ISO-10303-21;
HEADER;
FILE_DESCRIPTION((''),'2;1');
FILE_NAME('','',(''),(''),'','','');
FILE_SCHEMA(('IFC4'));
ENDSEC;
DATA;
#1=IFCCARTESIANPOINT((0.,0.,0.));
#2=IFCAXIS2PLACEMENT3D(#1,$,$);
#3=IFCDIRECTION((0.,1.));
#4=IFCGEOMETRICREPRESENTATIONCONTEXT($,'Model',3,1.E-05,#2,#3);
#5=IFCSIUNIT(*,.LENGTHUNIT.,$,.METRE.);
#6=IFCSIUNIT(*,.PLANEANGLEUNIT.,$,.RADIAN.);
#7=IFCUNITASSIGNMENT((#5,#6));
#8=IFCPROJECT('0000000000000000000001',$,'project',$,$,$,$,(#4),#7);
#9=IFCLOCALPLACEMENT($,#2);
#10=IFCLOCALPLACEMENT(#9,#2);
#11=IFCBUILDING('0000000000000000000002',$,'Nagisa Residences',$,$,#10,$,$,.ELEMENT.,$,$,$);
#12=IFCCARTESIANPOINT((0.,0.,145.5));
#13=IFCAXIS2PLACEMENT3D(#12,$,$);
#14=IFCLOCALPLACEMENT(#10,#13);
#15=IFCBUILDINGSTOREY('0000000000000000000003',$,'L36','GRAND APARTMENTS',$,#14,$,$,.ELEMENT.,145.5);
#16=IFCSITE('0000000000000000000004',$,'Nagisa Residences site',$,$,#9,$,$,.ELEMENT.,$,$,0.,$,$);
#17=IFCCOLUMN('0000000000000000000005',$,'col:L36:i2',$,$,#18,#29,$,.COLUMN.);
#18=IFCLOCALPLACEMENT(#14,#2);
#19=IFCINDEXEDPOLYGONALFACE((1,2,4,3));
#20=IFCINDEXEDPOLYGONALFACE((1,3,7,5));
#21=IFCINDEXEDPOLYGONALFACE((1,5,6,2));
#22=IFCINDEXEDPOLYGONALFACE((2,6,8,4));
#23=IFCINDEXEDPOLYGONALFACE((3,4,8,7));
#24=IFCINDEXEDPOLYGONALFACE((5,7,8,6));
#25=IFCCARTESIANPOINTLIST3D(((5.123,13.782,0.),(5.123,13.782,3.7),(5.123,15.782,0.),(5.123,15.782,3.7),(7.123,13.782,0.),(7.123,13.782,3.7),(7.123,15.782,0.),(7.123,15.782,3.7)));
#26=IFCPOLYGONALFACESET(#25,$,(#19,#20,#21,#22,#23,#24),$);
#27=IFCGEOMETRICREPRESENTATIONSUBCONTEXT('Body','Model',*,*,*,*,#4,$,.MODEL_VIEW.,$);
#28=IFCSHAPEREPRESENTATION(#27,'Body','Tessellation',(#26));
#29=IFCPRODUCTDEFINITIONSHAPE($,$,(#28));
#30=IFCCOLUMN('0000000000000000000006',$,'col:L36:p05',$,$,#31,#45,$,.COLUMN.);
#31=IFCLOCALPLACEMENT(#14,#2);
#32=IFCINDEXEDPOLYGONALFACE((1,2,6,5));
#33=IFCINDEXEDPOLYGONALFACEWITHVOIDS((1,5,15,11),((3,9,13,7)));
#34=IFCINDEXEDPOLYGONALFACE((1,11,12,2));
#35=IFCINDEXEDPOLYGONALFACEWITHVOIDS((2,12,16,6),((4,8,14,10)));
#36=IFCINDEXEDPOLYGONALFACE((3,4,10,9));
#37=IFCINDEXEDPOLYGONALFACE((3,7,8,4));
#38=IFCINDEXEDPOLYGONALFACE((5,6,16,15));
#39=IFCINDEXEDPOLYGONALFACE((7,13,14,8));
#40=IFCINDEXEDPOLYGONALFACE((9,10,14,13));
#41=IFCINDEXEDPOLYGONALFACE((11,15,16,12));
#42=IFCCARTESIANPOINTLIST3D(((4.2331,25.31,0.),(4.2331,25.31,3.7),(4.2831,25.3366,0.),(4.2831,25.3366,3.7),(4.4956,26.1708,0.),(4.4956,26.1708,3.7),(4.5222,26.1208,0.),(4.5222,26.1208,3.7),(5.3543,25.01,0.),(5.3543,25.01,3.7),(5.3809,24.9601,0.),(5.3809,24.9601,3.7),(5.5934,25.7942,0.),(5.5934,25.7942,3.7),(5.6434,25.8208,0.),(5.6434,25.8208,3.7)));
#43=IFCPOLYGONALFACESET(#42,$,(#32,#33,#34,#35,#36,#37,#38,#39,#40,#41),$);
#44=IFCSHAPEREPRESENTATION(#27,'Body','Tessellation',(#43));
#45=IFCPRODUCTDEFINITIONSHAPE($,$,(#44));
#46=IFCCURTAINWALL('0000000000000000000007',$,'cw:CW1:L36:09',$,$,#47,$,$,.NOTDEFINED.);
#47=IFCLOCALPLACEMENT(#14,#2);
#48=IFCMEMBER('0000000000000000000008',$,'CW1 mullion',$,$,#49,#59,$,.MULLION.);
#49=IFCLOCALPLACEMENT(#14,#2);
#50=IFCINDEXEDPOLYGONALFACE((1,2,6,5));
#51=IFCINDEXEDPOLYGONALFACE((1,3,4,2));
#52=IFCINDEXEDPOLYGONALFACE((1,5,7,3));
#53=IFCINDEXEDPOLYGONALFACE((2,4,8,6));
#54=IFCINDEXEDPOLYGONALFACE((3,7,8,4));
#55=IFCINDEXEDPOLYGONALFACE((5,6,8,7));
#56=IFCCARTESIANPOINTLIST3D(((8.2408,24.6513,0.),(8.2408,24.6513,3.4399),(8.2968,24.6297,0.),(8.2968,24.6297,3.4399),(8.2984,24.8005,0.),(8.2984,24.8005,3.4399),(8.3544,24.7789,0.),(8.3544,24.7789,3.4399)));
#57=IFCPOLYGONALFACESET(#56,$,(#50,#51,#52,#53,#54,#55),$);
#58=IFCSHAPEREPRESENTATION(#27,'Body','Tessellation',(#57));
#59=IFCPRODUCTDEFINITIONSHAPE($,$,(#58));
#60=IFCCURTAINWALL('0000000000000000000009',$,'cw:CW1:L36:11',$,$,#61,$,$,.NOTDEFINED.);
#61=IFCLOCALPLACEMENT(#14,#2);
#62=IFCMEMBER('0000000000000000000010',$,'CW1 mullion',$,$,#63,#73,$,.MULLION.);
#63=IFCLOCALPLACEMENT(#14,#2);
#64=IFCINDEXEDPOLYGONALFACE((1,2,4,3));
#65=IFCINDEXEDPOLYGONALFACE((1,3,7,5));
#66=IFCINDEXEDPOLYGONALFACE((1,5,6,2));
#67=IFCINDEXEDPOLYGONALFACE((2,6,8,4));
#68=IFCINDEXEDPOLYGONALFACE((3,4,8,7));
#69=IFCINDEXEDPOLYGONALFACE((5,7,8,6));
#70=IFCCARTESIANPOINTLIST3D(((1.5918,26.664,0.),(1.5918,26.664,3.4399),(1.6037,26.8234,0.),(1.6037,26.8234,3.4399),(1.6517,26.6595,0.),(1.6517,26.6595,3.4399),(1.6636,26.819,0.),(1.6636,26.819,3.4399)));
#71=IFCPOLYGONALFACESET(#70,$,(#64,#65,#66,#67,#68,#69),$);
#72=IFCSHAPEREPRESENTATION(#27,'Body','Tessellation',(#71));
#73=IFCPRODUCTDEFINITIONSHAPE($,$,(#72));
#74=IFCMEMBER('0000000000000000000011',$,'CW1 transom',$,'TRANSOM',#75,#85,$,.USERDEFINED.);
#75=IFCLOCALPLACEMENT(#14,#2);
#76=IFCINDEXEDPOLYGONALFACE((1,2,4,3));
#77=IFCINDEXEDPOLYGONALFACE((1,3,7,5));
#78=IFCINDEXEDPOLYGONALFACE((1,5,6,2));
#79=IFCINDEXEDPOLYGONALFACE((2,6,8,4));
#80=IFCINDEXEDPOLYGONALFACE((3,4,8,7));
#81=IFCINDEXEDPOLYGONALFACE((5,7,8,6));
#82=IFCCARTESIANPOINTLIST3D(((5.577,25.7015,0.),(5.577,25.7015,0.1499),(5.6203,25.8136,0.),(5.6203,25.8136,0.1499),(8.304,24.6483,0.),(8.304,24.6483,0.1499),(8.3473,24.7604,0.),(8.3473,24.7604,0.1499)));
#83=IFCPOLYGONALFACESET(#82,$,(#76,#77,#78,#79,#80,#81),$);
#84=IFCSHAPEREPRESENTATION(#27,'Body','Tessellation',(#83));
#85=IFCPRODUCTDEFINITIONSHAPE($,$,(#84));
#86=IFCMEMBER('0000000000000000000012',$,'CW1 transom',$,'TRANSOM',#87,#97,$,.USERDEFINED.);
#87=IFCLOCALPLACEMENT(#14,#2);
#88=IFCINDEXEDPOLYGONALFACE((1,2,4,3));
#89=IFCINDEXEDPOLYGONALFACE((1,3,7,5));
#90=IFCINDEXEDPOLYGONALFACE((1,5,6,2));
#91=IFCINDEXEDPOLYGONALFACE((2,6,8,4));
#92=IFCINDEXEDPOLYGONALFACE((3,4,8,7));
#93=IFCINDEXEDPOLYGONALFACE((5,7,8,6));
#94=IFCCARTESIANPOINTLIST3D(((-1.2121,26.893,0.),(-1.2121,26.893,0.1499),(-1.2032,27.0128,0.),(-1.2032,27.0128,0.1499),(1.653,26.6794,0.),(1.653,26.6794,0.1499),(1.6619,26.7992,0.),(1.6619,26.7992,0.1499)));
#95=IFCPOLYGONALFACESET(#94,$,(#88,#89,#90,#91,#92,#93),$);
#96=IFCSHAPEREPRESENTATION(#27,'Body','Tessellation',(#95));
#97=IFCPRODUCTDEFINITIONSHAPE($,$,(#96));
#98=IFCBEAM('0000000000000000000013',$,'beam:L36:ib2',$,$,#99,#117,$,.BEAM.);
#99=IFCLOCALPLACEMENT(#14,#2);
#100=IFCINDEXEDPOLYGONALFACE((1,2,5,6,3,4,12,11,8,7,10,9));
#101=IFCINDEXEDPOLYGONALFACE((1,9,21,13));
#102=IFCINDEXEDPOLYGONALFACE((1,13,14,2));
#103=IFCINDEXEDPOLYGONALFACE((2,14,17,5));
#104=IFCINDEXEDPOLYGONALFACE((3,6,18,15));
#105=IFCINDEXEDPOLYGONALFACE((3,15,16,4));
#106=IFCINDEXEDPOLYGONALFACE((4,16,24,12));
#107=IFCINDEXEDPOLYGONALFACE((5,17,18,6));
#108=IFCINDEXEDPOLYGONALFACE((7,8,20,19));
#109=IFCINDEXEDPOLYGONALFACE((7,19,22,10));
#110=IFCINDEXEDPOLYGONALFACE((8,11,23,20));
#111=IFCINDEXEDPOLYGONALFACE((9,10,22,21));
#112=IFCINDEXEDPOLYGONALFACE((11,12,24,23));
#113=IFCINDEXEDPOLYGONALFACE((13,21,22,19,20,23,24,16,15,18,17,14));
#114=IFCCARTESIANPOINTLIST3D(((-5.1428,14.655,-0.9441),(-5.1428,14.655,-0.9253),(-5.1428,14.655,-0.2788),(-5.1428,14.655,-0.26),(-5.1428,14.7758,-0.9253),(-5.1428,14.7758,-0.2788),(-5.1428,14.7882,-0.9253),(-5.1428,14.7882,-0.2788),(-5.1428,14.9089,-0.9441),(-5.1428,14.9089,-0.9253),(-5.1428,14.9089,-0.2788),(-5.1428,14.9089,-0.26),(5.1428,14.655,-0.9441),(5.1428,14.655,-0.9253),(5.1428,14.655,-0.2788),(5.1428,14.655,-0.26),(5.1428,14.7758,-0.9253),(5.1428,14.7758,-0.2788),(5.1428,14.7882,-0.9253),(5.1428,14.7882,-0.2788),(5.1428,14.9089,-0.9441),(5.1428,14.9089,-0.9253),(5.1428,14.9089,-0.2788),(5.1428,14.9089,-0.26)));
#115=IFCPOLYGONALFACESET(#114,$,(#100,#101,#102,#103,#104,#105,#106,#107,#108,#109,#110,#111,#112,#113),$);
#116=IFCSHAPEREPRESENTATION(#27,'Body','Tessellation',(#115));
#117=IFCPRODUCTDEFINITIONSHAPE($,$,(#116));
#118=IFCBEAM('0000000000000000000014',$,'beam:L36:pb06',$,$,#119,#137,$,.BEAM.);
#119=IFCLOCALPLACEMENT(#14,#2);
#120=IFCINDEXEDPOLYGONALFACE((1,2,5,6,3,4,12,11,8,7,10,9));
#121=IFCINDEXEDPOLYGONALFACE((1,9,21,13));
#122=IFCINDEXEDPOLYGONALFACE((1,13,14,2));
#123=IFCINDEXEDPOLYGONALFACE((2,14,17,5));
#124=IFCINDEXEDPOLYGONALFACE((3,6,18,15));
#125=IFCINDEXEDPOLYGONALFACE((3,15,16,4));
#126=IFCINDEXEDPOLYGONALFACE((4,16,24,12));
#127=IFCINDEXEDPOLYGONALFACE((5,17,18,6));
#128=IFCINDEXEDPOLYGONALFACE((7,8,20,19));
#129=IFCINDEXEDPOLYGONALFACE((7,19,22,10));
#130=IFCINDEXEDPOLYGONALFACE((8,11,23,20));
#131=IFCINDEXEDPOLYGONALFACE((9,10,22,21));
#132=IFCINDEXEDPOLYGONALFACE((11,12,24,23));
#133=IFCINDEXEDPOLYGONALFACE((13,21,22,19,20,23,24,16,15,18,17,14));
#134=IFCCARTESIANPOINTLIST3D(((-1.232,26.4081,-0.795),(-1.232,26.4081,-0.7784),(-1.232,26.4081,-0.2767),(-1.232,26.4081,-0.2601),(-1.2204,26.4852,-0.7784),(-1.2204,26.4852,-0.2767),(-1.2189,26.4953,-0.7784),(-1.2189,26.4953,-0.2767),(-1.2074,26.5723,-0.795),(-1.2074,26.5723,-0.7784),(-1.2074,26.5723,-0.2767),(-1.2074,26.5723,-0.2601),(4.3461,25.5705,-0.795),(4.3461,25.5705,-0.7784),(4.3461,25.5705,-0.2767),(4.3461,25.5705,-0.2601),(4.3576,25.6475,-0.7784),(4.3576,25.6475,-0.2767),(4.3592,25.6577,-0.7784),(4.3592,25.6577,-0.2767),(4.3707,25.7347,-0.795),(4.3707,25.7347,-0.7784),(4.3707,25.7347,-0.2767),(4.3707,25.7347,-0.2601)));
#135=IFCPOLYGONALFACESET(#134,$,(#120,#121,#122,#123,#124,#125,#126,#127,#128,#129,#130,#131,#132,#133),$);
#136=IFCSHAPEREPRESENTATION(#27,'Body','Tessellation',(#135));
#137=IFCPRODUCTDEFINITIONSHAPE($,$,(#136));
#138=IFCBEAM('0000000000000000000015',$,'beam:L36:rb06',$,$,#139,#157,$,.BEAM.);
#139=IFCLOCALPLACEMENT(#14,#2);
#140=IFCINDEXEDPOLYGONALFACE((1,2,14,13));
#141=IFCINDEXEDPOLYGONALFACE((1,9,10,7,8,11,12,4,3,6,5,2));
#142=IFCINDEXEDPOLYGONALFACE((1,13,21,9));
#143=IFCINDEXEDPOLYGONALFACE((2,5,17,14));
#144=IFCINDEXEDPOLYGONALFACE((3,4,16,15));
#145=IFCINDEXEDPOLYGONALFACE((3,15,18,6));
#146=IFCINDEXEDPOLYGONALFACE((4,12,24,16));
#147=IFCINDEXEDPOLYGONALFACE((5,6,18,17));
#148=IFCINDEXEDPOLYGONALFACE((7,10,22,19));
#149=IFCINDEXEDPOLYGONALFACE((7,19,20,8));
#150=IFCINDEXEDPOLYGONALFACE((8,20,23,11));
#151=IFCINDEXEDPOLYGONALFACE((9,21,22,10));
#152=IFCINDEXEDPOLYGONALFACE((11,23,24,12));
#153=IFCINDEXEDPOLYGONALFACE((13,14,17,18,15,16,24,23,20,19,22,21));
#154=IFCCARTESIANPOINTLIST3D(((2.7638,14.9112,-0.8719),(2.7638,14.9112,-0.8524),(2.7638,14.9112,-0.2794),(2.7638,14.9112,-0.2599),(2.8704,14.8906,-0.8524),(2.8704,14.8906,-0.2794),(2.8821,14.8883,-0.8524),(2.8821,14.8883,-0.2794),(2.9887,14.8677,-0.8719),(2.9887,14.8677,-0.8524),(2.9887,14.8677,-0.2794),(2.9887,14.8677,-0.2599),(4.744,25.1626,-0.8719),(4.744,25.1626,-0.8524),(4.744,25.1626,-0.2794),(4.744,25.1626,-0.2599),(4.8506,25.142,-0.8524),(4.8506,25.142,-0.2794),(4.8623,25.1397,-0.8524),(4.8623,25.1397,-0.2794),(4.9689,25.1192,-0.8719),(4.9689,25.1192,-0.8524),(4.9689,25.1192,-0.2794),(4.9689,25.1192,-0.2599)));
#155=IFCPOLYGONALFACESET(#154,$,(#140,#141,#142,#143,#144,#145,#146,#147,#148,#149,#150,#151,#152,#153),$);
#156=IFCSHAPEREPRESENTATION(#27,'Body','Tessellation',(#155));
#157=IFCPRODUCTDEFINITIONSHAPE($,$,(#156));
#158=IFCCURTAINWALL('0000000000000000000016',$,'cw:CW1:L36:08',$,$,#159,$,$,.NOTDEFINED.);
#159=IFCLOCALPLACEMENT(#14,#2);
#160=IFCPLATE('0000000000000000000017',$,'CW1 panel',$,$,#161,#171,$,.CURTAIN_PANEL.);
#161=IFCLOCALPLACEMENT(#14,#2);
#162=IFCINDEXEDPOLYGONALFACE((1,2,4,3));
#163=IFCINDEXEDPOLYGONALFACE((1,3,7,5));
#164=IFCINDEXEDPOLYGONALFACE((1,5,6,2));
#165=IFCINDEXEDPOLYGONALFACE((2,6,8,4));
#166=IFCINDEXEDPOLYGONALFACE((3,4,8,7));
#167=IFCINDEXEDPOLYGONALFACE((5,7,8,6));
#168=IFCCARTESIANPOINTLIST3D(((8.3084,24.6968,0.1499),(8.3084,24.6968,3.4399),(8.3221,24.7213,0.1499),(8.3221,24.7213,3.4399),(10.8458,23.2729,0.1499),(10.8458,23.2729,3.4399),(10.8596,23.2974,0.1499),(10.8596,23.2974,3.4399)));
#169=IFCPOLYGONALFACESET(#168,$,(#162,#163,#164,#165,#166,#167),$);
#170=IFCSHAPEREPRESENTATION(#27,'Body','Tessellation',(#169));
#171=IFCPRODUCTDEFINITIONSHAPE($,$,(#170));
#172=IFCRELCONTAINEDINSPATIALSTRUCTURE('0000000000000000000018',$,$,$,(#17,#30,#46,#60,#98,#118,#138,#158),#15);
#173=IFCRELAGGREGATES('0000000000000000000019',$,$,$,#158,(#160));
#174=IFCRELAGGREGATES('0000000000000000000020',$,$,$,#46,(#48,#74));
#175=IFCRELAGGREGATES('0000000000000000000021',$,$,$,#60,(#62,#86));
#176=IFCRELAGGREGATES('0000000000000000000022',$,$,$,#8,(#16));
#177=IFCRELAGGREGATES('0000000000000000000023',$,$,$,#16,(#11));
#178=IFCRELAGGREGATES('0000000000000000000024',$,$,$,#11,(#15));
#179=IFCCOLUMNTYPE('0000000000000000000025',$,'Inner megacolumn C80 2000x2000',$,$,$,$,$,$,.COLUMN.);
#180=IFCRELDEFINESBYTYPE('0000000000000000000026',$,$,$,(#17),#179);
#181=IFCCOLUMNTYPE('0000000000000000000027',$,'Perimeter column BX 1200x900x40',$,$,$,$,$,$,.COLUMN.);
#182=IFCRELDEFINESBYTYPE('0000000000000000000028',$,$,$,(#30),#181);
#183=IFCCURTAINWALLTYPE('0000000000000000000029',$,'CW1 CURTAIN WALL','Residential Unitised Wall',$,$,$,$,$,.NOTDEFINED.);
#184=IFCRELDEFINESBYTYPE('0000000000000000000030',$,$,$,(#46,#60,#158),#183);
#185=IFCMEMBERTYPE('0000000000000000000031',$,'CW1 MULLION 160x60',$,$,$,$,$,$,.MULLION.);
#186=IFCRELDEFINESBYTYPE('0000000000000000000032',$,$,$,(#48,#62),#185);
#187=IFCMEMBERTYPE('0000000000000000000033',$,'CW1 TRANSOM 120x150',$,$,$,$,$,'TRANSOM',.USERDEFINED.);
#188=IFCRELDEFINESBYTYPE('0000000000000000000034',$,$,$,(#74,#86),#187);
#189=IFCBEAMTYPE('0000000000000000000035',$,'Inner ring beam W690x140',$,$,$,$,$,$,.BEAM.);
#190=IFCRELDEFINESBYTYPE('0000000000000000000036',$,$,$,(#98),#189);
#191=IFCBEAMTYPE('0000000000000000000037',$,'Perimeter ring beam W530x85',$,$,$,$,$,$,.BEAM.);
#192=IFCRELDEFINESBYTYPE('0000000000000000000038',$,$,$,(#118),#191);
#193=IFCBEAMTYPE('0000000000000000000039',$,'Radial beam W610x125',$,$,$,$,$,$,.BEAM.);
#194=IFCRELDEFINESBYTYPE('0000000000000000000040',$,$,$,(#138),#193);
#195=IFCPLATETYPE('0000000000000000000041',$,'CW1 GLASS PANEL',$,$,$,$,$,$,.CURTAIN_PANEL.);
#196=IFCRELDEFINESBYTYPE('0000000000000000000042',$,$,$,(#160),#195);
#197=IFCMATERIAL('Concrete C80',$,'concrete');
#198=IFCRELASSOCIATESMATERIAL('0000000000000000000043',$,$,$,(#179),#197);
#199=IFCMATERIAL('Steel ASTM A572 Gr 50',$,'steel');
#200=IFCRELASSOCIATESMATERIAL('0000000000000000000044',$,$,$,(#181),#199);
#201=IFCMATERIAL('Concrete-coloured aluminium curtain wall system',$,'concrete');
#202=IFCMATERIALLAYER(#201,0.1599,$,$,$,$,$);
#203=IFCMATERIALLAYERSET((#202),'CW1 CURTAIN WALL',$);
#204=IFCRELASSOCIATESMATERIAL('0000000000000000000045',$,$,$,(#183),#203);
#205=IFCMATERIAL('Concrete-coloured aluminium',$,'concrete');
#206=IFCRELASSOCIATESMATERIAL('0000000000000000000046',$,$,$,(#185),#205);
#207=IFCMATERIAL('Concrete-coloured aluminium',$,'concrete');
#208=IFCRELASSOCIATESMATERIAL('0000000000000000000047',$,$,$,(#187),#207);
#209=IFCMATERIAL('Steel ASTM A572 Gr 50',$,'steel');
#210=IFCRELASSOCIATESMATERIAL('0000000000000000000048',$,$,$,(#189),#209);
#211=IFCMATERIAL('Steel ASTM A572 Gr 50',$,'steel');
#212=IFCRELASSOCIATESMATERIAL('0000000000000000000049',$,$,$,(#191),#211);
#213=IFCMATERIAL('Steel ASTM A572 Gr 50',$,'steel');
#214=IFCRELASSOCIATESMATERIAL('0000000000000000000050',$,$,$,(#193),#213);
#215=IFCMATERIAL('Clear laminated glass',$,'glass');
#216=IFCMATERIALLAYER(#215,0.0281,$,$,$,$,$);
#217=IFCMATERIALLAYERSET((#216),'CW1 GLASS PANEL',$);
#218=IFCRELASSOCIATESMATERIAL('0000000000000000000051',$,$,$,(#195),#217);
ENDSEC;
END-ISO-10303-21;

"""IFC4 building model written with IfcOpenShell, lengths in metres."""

from ifc_helpers import new_model, si_unit, direction, frame, origin, origin_2d, place, context, subcontext, project, spatial, rectangle, hollow_rectangle, i_section, extrude, material, layer, layer_set, material_profile, profile_set, type_object, element, aggregate, save


model = new_model("IFC4")

# Units and contexts
model_context = context("Model", 3, precision=1e-05, world=origin(), true_north=direction((0.0, 1.0)))
body_context = subcontext(model_context, "Body", "Model", "MODEL_VIEW")
ifc_project = project(units=[si_unit("LENGTHUNIT", "METRE"), si_unit("PLANEANGLEUNIT", "RADIAN")], contexts=[model_context])

# Site, building, storey
site_placement = place(None, origin())
site = spatial("IfcSite", under=ifc_project, at=site_placement, Name="Nagisa Residences site", CompositionType="ELEMENT", RefElevation=0.0)
building_placement = place(site_placement, origin())
building = spatial("IfcBuilding", under=site, at=building_placement, Name="Nagisa Residences", CompositionType="ELEMENT")
storey_placement = place(building_placement, frame((0.0, 0.0, 145.5)))
storey = spatial("IfcBuildingStorey", under=building, at=storey_placement, Name="L36", Description="GRAND APARTMENTS", CompositionType="ELEMENT", Elevation=145.5)

# Columns
ifc_material_1 = material(Name="Concrete C80", Category="concrete")
ifc_material_profile_1 = material_profile(ifc_material_1, rectangle(XDim=2.0, YDim=2.0, at=origin_2d()), Name="C80 2000x2000")
ifc_profile_set_1 = profile_set([ifc_material_profile_1], Name="Concrete C80")
column_type_1 = type_object("IfcColumnType", Name="Inner megacolumn C80 2000x2000", PredefinedType="COLUMN", material=ifc_profile_set_1)
column_1_placement = place(storey_placement, frame((6.123, 14.782, 0.0), z_axis=(0.0, 0.0, 1.0), x_axis=(1.0, 0.0, 0.0)))
element("IfcColumn", 1, at=column_1_placement, inside=storey, type_object=column_type_1, Name="col:L36:i2", PredefinedType="COLUMN", context=body_context, shape_type="SweptSolid", body=[
    extrude(rectangle(XDim=2.0, YDim=2.0, at=origin_2d()), origin(), (0.0, 0.0, 1.0), 3.7),
])
ifc_material_2 = material(Name="Steel ASTM A572 Gr 50", Category="steel")
ifc_material_profile_2 = material_profile(ifc_material_2, hollow_rectangle(XDim=1.2, YDim=0.8999, WallThickness=0.04, at=origin_2d()), Name="BX 1200x900x40")
ifc_profile_set_2 = profile_set([ifc_material_profile_2], Name="Steel ASTM A572 Gr 50")
column_type_2 = type_object("IfcColumnType", Name="Perimeter column BX 1200x900x40", PredefinedType="COLUMN", material=ifc_profile_set_2)
column_2_placement = place(storey_placement, frame((4.9382, 25.5654, 0.0), z_axis=(0.0, 0.0, 1.0), x_axis=(-0.956525, 0.291652, 0.0)))
element("IfcColumn", 2, at=column_2_placement, inside=storey, type_object=column_type_2, Name="col:L36:p05", PredefinedType="COLUMN", context=body_context, shape_type="SweptSolid", body=[
    extrude(hollow_rectangle(XDim=1.2, YDim=0.8999, WallThickness=0.04, at=origin_2d()), origin(), (0.0, 0.0, 1.0), 3.7),
])

# Curtain walls, members
ifc_material_3 = material(Name="Concrete-coloured aluminium curtain wall system", Category="concrete")
ifc_layer_1 = layer(ifc_material_3, 0.1599)
ifc_layer_set_1 = layer_set([ifc_layer_1], Name="CW1 CURTAIN WALL")
curtain_wall_type = type_object("IfcCurtainWallType", Name="CW1 CURTAIN WALL", Description="Residential Unitised Wall", PredefinedType="NOTDEFINED", material=ifc_layer_set_1)
curtain_wall_1_placement = place(storey_placement, origin())
curtain_wall_1 = element("IfcCurtainWall", 3, at=curtain_wall_1_placement, inside=storey, type_object=curtain_wall_type, Name="cw:CW1:L36:09", PredefinedType="NOTDEFINED")
ifc_material_4 = material(Name="Concrete-coloured aluminium", Category="concrete")
ifc_material_profile_3 = material_profile(ifc_material_4, rectangle(XDim=0.1599, YDim=0.0601, at=origin_2d()), Name="CW1 MULLION 160x60")
ifc_profile_set_3 = profile_set([ifc_material_profile_3], Name="Concrete-coloured aluminium")
member_type_1 = type_object("IfcMemberType", Name="CW1 MULLION 160x60", PredefinedType="MULLION", material=ifc_profile_set_3)
member_1_placement = place(storey_placement, frame((8.2976, 24.7151, 0.0), z_axis=(0.0, 0.0, 1.0), x_axis=(-0.360328, -0.932826, 0.0)))
member_1 = element("IfcMember", 4, at=member_1_placement, type_object=member_type_1, Name="CW1 mullion", PredefinedType="MULLION", context=body_context, shape_type="SweptSolid", body=[
    extrude(rectangle(XDim=0.1599, YDim=0.0601, at=origin_2d()), origin(), (0.0, 0.0, 1.0), 3.4399),
])
curtain_wall_2_placement = place(storey_placement, origin())
curtain_wall_2 = element("IfcCurtainWall", 5, at=curtain_wall_2_placement, inside=storey, type_object=curtain_wall_type, Name="cw:CW1:L36:11", PredefinedType="NOTDEFINED")
member_2_placement = place(storey_placement, frame((1.6277, 26.7415, 0.0), z_axis=(0.0, 0.0, 1.0), x_axis=(-0.074377, -0.99723, 0.0)))
member_2 = element("IfcMember", 6, at=member_2_placement, type_object=member_type_1, Name="CW1 mullion", PredefinedType="MULLION", context=body_context, shape_type="SweptSolid", body=[
    extrude(rectangle(XDim=0.1599, YDim=0.0601, at=origin_2d()), origin(), (0.0, 0.0, 1.0), 3.4399),
])

# Members
ifc_material_5 = material(Name="Concrete-coloured aluminium", Category="concrete")
ifc_material_profile_4 = material_profile(ifc_material_5, rectangle(XDim=0.1201, YDim=0.1499, at=origin_2d()), Name="CW1 TRANSOM 120x150")
ifc_profile_set_4 = profile_set([ifc_material_profile_4], Name="Concrete-coloured aluminium")
member_type_2 = type_object("IfcMemberType", Name="CW1 TRANSOM 120x150", ElementType="TRANSOM", PredefinedType="USERDEFINED", material=ifc_profile_set_4)
member_3_placement = place(storey_placement, frame((8.3257, 24.7043, 0.075), z_axis=(-0.932845, 0.360277, 0.0), x_axis=(-0.360277, -0.932845, 0.0)))
member_3 = element("IfcMember", 7, at=member_3_placement, type_object=member_type_2, Name="CW1 transom", ObjectType="TRANSOM", PredefinedType="USERDEFINED", context=body_context, shape_type="SweptSolid", body=[
    extrude(rectangle(XDim=0.1201, YDim=0.1499, at=origin_2d()), origin(), (0.0, 0.0, 1.0), 2.9233),
])
member_4_placement = place(storey_placement, frame((1.6575, 26.7393, 0.075), z_axis=(-0.997232, 0.074357, 0.0), x_axis=(-0.074357, -0.997232, 0.0)))
member_4 = element("IfcMember", 8, at=member_4_placement, type_object=member_type_2, Name="CW1 transom", ObjectType="TRANSOM", PredefinedType="USERDEFINED", context=body_context, shape_type="SweptSolid", body=[
    extrude(rectangle(XDim=0.1201, YDim=0.1499, at=origin_2d()), origin(), (0.0, 0.0, 1.0), 2.873),
])

# Beams
ifc_material_6 = material(Name="Steel ASTM A572 Gr 50", Category="steel")
ifc_material_profile_5 = material_profile(ifc_material_6, i_section(OverallWidth=0.2539, OverallDepth=0.6841, WebThickness=0.0125, FlangeThickness=0.0188, at=origin_2d()), Name="W690x140")
ifc_profile_set_5 = profile_set([ifc_material_profile_5], Name="Steel ASTM A572 Gr 50")
beam_type_1 = type_object("IfcBeamType", Name="Inner ring beam W690x140", PredefinedType="BEAM", material=ifc_profile_set_5)
beam_1_placement = place(storey_placement, frame((5.1428, 14.782, -0.6021), z_axis=(-1.0, 0.0, 0.0), x_axis=(0.0, -1.0, 0.0)))
element("IfcBeam", 9, at=beam_1_placement, inside=storey, type_object=beam_type_1, Name="beam:L36:ib2", PredefinedType="BEAM", context=body_context, shape_type="SweptSolid", body=[
    extrude(i_section(OverallWidth=0.2539, OverallDepth=0.6841, WebThickness=0.0125, FlangeThickness=0.0188, at=origin_2d()), origin(), (0.0, 0.0, 1.0), 10.2856),
])
ifc_material_7 = material(Name="Steel ASTM A572 Gr 50", Category="steel")
ifc_material_profile_6 = material_profile(ifc_material_7, i_section(OverallWidth=0.166, OverallDepth=0.5349, WebThickness=0.0103, FlangeThickness=0.0166, at=origin_2d()), Name="W530x85")
ifc_profile_set_6 = profile_set([ifc_material_profile_6], Name="Steel ASTM A572 Gr 50")
beam_type_2 = type_object("IfcBeamType", Name="Perimeter ring beam W530x85", PredefinedType="BEAM", material=ifc_profile_set_6)
beam_2_placement = place(storey_placement, frame((4.3584, 25.6526, -0.5276), z_axis=(-0.988912, 0.148501, 0.0), x_axis=(-0.148501, -0.988912, 0.0)))
element("IfcBeam", 10, at=beam_2_placement, inside=storey, type_object=beam_type_2, Name="beam:L36:pb06", PredefinedType="BEAM", context=body_context, shape_type="SweptSolid", body=[
    extrude(i_section(OverallWidth=0.166, OverallDepth=0.5349, WebThickness=0.0103, FlangeThickness=0.0166, at=origin_2d()), origin(), (0.0, 0.0, 1.0), 5.6406),
])
ifc_material_8 = material(Name="Steel ASTM A572 Gr 50", Category="steel")
ifc_material_profile_7 = material_profile(ifc_material_8, i_section(OverallWidth=0.229, OverallDepth=0.6121, WebThickness=0.012, FlangeThickness=0.0195, at=origin_2d()), Name="W610x125")
ifc_profile_set_7 = profile_set([ifc_material_profile_7], Name="Steel ASTM A572 Gr 50")
beam_type_3 = type_object("IfcBeamType", Name="Radial beam W610x125", PredefinedType="BEAM", material=ifc_profile_set_7)
beam_3_placement = place(storey_placement, frame((4.8564, 25.1409, -0.5659), z_axis=(-0.189659, -0.98185, 0.0), x_axis=(0.98185, -0.189659, 0.0)))
element("IfcBeam", 11, at=beam_3_placement, inside=storey, type_object=beam_type_3, Name="beam:L36:rb06", PredefinedType="BEAM", context=body_context, shape_type="SweptSolid", body=[
    extrude(i_section(OverallWidth=0.229, OverallDepth=0.6121, WebThickness=0.012, FlangeThickness=0.0195, at=origin_2d()), origin(), (0.0, 0.0, 1.0), 10.4409),
])

# Curtain wall, plate
curtain_wall_3_placement = place(storey_placement, origin())
curtain_wall_3 = element("IfcCurtainWall", 12, at=curtain_wall_3_placement, inside=storey, type_object=curtain_wall_type, Name="cw:CW1:L36:08", PredefinedType="NOTDEFINED")
ifc_material_9 = material(Name="Clear laminated glass", Category="glass")
ifc_layer_2 = layer(ifc_material_9, 0.0281)
ifc_layer_set_2 = layer_set([ifc_layer_2], Name="CW1 GLASS PANEL")
plate_type = type_object("IfcPlateType", Name="CW1 GLASS PANEL", PredefinedType="CURTAIN_PANEL", material=ifc_layer_set_2)
plate_1_placement = place(storey_placement, frame((9.584, 23.9971, 0.1499), z_axis=(0.0, 0.0, 1.0), x_axis=(-0.872072, 0.489377, 0.0)))
plate_1 = element("IfcPlate", 13, at=plate_1_placement, type_object=plate_type, Name="CW1 panel", PredefinedType="CURTAIN_PANEL", context=body_context, shape_type="SweptSolid", body=[
    extrude(rectangle(XDim=2.9097, YDim=0.0281, at=origin_2d()), origin(), (0.0, 0.0, 1.0), 3.29),
])
aggregate(curtain_wall_3, [plate_1])

aggregate(curtain_wall_1, [member_1, member_3])
aggregate(curtain_wall_2, [member_2, member_4])

save(model, "model.ifc")
